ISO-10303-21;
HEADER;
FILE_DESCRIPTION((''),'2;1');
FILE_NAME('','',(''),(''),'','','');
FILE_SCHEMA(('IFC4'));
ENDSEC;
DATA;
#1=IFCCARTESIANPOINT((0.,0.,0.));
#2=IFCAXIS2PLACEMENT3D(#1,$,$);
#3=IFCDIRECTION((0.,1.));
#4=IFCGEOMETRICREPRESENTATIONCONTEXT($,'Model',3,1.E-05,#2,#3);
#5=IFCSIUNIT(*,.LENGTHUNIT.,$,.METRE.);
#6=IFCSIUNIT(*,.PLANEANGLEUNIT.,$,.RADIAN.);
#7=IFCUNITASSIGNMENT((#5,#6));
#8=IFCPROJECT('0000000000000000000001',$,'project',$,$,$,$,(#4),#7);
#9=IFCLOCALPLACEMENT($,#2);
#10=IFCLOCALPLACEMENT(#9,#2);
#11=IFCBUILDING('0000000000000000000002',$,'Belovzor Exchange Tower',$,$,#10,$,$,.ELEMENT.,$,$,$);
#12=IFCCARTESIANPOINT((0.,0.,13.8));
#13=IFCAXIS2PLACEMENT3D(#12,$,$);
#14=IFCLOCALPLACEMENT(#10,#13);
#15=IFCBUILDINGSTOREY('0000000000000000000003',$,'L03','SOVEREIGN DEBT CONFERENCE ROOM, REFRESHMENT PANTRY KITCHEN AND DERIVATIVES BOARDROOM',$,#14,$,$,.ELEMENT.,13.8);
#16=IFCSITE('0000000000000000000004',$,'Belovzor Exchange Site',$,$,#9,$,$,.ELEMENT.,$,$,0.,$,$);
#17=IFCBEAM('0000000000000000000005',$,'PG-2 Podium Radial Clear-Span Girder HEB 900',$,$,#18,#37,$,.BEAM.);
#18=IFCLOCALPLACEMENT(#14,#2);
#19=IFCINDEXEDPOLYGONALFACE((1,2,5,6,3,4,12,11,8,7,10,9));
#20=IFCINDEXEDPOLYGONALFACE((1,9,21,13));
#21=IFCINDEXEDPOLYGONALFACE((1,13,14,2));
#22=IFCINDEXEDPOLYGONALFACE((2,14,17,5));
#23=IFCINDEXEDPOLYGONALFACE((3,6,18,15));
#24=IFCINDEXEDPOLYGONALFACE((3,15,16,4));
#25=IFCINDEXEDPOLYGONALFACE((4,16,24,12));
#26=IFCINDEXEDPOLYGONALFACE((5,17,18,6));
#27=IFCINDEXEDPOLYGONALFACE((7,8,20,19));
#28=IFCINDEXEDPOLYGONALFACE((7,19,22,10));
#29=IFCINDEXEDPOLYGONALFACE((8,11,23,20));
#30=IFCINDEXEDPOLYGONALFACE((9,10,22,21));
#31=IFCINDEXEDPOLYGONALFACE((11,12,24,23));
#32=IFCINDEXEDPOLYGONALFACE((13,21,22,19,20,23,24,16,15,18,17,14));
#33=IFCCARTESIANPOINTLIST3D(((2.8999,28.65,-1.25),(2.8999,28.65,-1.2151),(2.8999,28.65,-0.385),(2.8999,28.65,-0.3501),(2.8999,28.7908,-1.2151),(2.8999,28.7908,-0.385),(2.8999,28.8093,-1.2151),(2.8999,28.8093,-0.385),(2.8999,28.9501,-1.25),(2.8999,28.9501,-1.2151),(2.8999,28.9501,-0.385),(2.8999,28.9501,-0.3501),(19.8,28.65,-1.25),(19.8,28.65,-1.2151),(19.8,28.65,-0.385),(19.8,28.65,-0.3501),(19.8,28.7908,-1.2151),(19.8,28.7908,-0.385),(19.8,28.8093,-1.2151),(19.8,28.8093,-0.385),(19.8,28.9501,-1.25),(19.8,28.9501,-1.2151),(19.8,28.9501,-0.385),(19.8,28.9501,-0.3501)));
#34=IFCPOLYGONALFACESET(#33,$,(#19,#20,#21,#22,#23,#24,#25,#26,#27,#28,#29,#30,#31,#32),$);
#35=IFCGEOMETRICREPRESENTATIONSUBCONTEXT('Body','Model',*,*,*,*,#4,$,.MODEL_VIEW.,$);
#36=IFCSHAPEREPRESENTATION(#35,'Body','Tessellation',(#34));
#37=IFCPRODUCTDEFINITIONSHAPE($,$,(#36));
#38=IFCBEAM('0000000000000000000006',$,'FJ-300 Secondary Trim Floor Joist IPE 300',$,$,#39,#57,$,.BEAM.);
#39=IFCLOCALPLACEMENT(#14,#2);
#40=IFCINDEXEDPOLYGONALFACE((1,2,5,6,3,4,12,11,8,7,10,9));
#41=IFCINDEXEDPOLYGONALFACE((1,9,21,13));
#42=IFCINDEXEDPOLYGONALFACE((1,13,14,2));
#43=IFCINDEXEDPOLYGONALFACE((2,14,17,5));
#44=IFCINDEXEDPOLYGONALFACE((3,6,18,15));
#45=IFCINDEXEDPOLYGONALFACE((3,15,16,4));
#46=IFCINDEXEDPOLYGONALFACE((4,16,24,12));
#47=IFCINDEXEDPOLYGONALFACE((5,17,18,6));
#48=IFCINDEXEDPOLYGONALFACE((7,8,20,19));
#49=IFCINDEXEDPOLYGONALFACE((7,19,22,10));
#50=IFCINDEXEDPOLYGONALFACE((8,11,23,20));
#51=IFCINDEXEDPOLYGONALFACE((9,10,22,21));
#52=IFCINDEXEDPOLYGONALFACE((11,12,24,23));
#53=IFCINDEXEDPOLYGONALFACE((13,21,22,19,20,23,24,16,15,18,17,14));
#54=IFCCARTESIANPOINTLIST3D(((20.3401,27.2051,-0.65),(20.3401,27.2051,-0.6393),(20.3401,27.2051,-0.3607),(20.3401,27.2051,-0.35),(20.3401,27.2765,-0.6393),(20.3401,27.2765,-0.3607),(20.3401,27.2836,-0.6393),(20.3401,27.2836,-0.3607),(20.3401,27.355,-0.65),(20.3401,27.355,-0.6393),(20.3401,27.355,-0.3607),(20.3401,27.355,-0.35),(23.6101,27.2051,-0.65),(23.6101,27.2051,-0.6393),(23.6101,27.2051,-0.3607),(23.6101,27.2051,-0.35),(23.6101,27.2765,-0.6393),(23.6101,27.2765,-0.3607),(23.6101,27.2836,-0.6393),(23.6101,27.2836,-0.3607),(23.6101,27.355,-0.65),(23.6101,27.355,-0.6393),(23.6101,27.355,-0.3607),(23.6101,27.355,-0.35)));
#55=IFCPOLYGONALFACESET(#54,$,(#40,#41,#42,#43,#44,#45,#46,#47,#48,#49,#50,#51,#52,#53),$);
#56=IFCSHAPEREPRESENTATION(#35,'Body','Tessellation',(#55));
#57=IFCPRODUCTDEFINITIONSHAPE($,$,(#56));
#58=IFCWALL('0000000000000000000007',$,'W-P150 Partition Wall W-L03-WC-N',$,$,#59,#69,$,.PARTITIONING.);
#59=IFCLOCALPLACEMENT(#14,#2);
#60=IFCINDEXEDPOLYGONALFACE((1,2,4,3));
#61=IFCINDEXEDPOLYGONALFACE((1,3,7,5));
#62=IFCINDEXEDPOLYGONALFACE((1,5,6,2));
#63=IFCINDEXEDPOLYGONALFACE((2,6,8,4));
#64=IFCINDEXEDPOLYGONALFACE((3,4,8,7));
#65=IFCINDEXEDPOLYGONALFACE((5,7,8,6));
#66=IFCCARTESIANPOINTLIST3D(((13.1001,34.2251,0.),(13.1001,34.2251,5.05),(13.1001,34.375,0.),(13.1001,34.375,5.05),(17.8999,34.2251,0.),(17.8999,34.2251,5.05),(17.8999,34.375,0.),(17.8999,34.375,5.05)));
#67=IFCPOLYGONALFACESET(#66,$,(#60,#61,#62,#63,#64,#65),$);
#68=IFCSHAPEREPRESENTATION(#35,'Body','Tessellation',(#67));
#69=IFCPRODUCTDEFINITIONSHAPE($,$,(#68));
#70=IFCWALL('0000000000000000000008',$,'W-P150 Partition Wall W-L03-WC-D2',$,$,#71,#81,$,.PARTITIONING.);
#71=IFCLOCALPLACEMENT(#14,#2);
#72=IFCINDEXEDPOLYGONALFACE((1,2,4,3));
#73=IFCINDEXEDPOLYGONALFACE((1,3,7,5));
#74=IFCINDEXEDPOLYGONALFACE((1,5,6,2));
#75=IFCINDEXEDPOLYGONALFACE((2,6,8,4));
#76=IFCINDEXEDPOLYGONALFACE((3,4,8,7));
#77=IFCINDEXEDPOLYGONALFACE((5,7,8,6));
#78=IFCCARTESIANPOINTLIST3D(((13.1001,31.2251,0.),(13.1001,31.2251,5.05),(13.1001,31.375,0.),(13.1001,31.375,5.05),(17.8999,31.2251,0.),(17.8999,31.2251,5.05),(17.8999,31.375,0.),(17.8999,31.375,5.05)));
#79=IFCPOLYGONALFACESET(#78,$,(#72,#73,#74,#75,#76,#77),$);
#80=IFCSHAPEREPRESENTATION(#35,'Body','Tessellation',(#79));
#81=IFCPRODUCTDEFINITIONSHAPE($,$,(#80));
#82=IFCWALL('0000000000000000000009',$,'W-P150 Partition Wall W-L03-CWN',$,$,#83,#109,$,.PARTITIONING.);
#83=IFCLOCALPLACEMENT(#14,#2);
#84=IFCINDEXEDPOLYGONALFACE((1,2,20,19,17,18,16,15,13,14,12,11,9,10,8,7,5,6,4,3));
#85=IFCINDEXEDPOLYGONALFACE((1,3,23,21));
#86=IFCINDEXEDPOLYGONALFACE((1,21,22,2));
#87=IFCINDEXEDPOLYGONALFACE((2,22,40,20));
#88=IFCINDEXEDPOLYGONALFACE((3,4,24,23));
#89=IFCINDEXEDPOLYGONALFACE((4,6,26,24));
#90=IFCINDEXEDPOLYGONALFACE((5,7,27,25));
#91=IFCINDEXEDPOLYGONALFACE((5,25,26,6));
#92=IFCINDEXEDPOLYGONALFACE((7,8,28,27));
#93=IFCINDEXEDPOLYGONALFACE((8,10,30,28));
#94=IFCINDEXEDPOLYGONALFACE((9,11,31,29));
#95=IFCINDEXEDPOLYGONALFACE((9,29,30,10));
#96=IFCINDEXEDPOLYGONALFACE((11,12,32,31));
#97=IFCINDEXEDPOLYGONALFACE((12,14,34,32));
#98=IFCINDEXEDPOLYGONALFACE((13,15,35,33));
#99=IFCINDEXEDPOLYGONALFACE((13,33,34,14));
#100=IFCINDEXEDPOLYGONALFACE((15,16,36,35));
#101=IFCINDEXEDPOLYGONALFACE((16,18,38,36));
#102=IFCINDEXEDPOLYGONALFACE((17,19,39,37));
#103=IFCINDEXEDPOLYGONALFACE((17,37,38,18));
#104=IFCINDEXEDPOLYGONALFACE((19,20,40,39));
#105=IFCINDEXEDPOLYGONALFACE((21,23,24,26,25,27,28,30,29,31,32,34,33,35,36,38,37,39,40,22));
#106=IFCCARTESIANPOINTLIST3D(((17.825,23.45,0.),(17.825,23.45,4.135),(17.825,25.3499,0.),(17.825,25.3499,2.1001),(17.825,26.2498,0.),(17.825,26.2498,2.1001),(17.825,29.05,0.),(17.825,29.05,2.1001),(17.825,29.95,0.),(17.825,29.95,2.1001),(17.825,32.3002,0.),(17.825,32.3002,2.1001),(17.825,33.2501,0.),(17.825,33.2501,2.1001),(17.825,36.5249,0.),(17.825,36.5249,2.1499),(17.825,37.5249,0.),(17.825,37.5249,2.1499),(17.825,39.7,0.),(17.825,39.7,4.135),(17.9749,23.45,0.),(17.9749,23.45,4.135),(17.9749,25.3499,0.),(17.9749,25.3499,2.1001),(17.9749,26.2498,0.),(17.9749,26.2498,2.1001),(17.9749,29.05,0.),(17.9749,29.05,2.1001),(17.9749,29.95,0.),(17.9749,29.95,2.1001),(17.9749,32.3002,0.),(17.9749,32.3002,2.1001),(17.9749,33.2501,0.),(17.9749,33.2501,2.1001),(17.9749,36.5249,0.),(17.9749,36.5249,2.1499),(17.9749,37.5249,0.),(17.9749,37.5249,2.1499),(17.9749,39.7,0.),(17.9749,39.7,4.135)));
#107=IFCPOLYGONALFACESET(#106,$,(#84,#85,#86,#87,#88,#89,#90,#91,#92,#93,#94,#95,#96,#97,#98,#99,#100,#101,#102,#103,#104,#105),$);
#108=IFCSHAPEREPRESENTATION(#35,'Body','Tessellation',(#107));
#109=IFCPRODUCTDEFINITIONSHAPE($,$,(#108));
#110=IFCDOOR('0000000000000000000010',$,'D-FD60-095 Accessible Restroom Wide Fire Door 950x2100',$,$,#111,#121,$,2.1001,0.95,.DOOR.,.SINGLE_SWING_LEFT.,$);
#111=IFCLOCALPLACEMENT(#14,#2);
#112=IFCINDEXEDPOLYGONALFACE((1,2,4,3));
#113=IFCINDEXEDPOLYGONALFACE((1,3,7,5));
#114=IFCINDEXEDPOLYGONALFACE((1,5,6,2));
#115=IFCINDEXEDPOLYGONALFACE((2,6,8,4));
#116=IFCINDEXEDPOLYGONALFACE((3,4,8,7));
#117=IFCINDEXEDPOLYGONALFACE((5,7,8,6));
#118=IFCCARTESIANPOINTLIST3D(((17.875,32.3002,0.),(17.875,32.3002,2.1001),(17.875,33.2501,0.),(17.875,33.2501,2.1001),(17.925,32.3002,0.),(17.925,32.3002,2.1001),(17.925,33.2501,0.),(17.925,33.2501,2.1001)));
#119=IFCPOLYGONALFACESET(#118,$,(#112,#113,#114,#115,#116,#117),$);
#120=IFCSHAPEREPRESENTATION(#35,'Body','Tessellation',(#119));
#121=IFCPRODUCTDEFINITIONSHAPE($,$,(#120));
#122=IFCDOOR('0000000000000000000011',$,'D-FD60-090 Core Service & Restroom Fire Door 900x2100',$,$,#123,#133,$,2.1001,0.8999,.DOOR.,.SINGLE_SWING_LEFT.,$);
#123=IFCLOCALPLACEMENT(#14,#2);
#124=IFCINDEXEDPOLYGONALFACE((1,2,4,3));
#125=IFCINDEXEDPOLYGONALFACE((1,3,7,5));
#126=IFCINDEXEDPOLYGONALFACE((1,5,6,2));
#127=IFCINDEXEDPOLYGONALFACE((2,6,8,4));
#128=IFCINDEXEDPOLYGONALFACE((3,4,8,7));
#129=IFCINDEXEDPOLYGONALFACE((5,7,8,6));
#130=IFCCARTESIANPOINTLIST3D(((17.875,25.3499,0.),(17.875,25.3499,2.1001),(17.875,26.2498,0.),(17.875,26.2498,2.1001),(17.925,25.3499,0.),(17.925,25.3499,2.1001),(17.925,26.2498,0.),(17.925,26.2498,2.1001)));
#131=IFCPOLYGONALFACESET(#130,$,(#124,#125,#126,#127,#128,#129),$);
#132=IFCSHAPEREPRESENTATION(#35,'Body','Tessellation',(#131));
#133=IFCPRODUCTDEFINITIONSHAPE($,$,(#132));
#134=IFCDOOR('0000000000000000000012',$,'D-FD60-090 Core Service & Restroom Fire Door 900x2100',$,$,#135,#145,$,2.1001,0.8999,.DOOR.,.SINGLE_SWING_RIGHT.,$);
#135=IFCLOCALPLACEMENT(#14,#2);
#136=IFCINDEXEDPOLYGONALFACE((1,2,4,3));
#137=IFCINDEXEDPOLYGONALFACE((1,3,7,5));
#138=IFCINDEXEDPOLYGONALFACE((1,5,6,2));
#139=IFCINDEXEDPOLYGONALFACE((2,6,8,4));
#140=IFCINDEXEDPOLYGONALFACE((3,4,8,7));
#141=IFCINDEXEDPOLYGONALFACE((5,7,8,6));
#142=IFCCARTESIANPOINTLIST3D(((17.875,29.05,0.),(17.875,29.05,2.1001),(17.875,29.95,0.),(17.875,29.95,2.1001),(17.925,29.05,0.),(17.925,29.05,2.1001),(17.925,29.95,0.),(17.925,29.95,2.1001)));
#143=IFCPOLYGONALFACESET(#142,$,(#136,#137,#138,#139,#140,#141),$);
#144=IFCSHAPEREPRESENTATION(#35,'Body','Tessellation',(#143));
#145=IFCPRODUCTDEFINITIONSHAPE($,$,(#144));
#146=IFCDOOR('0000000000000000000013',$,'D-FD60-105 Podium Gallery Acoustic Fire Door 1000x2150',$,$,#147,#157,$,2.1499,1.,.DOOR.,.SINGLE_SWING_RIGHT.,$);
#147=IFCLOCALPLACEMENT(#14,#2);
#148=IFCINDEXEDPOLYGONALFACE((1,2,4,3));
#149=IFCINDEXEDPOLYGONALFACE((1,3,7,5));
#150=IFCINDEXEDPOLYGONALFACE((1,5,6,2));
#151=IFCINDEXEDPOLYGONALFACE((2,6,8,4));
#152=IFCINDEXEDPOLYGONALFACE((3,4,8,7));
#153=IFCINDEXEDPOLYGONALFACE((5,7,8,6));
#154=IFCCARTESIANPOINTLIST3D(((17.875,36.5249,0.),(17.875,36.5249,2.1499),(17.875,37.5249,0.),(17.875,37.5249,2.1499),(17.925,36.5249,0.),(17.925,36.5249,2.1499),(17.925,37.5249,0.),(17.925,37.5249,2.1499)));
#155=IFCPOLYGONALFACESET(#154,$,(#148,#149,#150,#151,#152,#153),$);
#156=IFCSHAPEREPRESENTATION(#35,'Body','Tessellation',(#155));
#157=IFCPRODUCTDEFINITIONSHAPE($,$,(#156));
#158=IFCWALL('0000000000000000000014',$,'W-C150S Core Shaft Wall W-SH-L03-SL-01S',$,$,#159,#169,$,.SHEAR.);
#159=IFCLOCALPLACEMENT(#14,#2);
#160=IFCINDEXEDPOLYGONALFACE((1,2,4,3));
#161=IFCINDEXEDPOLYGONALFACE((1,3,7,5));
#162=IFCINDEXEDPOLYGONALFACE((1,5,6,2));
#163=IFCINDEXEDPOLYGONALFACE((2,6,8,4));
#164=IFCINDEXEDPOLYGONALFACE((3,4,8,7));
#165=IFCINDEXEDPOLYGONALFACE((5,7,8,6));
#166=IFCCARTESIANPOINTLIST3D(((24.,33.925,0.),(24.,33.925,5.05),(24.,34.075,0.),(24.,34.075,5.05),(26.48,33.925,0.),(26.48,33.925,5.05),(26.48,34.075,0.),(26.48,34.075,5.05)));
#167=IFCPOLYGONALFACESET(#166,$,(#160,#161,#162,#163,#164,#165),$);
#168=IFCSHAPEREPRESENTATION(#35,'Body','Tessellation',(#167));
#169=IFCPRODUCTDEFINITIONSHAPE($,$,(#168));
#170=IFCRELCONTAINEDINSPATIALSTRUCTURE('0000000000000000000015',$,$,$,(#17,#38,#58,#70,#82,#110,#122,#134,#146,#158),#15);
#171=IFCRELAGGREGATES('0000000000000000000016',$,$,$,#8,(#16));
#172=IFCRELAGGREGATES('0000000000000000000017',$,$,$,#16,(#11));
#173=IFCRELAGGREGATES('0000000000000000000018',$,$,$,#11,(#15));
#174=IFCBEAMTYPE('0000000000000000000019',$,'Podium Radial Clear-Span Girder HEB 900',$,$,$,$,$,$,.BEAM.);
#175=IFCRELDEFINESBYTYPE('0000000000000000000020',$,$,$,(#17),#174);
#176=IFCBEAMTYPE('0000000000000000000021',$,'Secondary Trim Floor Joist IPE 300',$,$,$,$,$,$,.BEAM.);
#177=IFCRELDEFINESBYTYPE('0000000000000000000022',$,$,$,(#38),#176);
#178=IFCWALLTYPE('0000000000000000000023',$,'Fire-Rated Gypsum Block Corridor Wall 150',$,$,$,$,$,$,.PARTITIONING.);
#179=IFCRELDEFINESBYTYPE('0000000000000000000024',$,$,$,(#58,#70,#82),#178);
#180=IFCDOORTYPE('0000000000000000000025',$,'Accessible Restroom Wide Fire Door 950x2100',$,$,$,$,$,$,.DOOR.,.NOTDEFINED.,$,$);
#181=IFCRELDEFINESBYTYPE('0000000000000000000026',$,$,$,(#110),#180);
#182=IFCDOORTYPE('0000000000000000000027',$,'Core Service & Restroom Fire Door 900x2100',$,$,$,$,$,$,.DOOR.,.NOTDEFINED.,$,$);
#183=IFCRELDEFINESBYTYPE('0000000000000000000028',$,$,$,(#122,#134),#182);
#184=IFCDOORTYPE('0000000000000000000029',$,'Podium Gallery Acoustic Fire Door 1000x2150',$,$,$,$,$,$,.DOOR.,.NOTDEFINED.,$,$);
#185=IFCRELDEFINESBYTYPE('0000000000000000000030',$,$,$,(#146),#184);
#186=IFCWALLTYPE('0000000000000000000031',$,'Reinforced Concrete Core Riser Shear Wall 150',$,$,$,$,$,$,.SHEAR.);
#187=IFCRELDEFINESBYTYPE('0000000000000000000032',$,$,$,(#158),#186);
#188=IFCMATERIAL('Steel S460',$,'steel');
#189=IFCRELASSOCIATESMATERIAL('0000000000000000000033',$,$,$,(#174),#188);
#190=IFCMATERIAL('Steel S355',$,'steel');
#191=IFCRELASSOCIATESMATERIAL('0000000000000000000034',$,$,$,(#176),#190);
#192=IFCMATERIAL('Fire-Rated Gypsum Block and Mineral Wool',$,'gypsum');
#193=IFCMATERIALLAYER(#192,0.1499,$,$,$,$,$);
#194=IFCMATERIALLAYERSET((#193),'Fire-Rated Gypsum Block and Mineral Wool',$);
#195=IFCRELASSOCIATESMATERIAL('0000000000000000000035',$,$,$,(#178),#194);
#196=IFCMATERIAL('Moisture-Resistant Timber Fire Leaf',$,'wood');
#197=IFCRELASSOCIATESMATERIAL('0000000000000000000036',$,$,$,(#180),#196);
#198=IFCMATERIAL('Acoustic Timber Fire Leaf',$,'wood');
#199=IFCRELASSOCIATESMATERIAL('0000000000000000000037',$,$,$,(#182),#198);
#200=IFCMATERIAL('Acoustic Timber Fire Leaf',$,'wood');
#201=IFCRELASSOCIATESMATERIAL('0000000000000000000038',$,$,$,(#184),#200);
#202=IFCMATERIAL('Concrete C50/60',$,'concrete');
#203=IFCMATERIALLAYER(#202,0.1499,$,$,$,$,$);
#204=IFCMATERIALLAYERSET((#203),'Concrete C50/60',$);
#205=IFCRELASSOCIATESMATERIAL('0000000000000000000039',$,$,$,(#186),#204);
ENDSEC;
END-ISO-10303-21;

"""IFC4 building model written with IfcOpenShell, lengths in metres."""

from ifc_helpers import new_model, si_unit, direction, frame, frame_2d, origin, origin_2d, place, context, subcontext, project, spatial, rectangle, i_section, extrude, material, layer, layer_set, material_profile, profile_set, type_object, element, fill, save


model = new_model("IFC4")

# Units and contexts
model_context = context("Model", 3, precision=1e-05, world=origin(), true_north=direction((0.0, 1.0)))
body_context = subcontext(model_context, "Body", "Model", "MODEL_VIEW")
ifc_project = project(units=[si_unit("LENGTHUNIT", "METRE"), si_unit("PLANEANGLEUNIT", "RADIAN")], contexts=[model_context])

# Site, building, storey
site_placement = place(None, origin())
site = spatial("IfcSite", under=ifc_project, at=site_placement, Name="Belovzor Exchange Site", CompositionType="ELEMENT", RefElevation=0.0)
building_placement = place(site_placement, origin())
building = spatial("IfcBuilding", under=site, at=building_placement, Name="Belovzor Exchange Tower", CompositionType="ELEMENT")
storey_placement = place(building_placement, frame((0.0, 0.0, 13.8)))
storey = spatial("IfcBuildingStorey", under=building, at=storey_placement, Name="L03", Description="SOVEREIGN DEBT CONFERENCE ROOM, REFRESHMENT PANTRY KITCHEN AND DERIVATIVES BOARDROOM", CompositionType="ELEMENT", Elevation=13.8)

# Beams
ifc_material_1 = material(Name="Steel S460", Category="steel")
ifc_material_profile_1 = material_profile(ifc_material_1, i_section(OverallWidth=0.3, OverallDepth=0.8999, WebThickness=0.0186, FlangeThickness=0.0349, at=origin_2d()))
ifc_profile_set_1 = profile_set([ifc_material_profile_1], Name="Steel S460")
beam_type_1 = type_object("IfcBeamType", Name="Podium Radial Clear-Span Girder HEB 900", PredefinedType="BEAM", material=ifc_profile_set_1)
beam_1_placement = place(storey_placement, frame((19.8, 28.8, -0.8), z_axis=(-1.0, 0.0, 0.0), x_axis=(0.0, -1.0, 0.0)))
element("IfcBeam", 1, at=beam_1_placement, inside=storey, type_object=beam_type_1, Name="PG-2 Podium Radial Clear-Span Girder HEB 900", PredefinedType="BEAM", context=body_context, shape_type="SweptSolid", body=[
    extrude(i_section(OverallWidth=0.3, OverallDepth=0.8999, WebThickness=0.0186, FlangeThickness=0.0349, at=origin_2d()), origin(), (0.0, 0.0, 1.0), 16.9001),
])
ifc_material_2 = material(Name="Steel S355", Category="steel")
ifc_material_profile_2 = material_profile(ifc_material_2, i_section(OverallWidth=0.1499, OverallDepth=0.3, WebThickness=0.0071, FlangeThickness=0.0107, at=origin_2d()))
ifc_profile_set_2 = profile_set([ifc_material_profile_2], Name="Steel S355")
beam_type_2 = type_object("IfcBeamType", Name="Secondary Trim Floor Joist IPE 300", PredefinedType="BEAM", material=ifc_profile_set_2)
beam_2_placement = place(storey_placement, frame((20.3401, 27.28, -0.5), z_axis=(1.0, 0.0, 0.0), x_axis=(0.0, 1.0, 0.0)))
element("IfcBeam", 2, at=beam_2_placement, inside=storey, type_object=beam_type_2, Name="FJ-300 Secondary Trim Floor Joist IPE 300", PredefinedType="BEAM", context=body_context, shape_type="SweptSolid", body=[
    extrude(i_section(OverallWidth=0.1499, OverallDepth=0.3, WebThickness=0.0071, FlangeThickness=0.0107, at=origin_2d()), origin(), (0.0, 0.0, 1.0), 3.27),
])

# Walls
ifc_material_3 = material(Name="Fire-Rated Gypsum Block and Mineral Wool", Category="gypsum")
ifc_layer_1 = layer(ifc_material_3, 0.1499)
ifc_layer_set_1 = layer_set([ifc_layer_1], Name="Fire-Rated Gypsum Block and Mineral Wool")
wall_type_1 = type_object("IfcWallType", Name="Fire-Rated Gypsum Block Corridor Wall 150", PredefinedType="PARTITIONING", material=ifc_layer_set_1)
for number, where, z_axis, x_axis, name in (
    (3, (13.1001, 34.3, 0.0), (0.0, 0.0, 1.0), (1.0, 0.0, 0.0), "W-P150 Partition Wall W-L03-WC-N"),
    (4, (13.1001, 31.3, 0.0), (0.0, 0.0, 1.0), (1.0, 0.0, 0.0), "W-P150 Partition Wall W-L03-WC-D2"),
):
    element("IfcWall", number, at=place(storey_placement, frame(where, z_axis=z_axis, x_axis=x_axis)), inside=storey, type_object=wall_type_1, Name=name, PredefinedType="PARTITIONING", context=body_context, shape_type="SweptSolid", body=[
        extrude(rectangle(XDim=4.7998, YDim=0.1499, at=frame_2d((2.3999, 0.0))), origin(), (0.0, 0.0, 1.0), 5.05),
    ])

# Wall, openings, doors
wall_1_placement = place(storey_placement, frame((17.8999, 23.45, 0.0), z_axis=(0.0, 0.0, 1.0), x_axis=(0.0, 1.0, 0.0)))
wall_1 = element("IfcWall", 5, at=wall_1_placement, inside=storey, type_object=wall_type_1, Name="W-P150 Partition Wall W-L03-CWN", PredefinedType="PARTITIONING", context=body_context, shape_type="SweptSolid", body=[
    extrude(rectangle(XDim=16.25, YDim=0.1499, at=frame_2d((8.125, 0.0))), origin(), (0.0, 0.0, 1.0), 4.135),
])
opening_1_placement = place(wall_1_placement, frame((1.8999, 0.0, 0.0)))
opening_1 = element("IfcOpeningElement", 6, at=opening_1_placement, cuts=wall_1, PredefinedType="OPENING", context=body_context, shape_type="SweptSolid", body=[
    extrude(rectangle(XDim=0.8999, YDim=2.1001, at=frame_2d((0.45, 1.05))), frame((0.0, 0.085, 0.0), z_axis=(0.0, -1.0, 0.0), x_axis=(1.0, 0.0, 0.0)), (0.0, 0.0, 1.0), 0.1699),
])
opening_2_placement = place(wall_1_placement, frame((5.6001, 0.0, 0.0)))
opening_2 = element("IfcOpeningElement", 7, at=opening_2_placement, cuts=wall_1, PredefinedType="OPENING", context=body_context, shape_type="SweptSolid", body=[
    extrude(rectangle(XDim=0.8999, YDim=2.1001, at=frame_2d((0.45, 1.05))), frame((0.0, 0.085, 0.0), z_axis=(0.0, -1.0, 0.0), x_axis=(1.0, 0.0, 0.0)), (0.0, 0.0, 1.0), 0.1699),
])
opening_3_placement = place(wall_1_placement, frame((8.8501, 0.0, 0.0)))
opening_3 = element("IfcOpeningElement", 8, at=opening_3_placement, cuts=wall_1, PredefinedType="OPENING", context=body_context, shape_type="SweptSolid", body=[
    extrude(rectangle(XDim=0.95, YDim=2.1001, at=frame_2d((0.4751, 1.05))), frame((0.0, 0.085, 0.0), z_axis=(0.0, -1.0, 0.0), x_axis=(1.0, 0.0, 0.0)), (0.0, 0.0, 1.0), 0.1699),
])
opening_4_placement = place(wall_1_placement, frame((13.075, 0.0, 0.0)))
opening_4 = element("IfcOpeningElement", 9, at=opening_4_placement, cuts=wall_1, PredefinedType="OPENING", context=body_context, shape_type="SweptSolid", body=[
    extrude(rectangle(XDim=1.0, YDim=2.1499, at=frame_2d((0.5, 1.075))), frame((0.0, 0.085, 0.0), z_axis=(0.0, -1.0, 0.0), x_axis=(1.0, 0.0, 0.0)), (0.0, 0.0, 1.0), 0.1699),
])
ifc_material_4 = material(Name="Moisture-Resistant Timber Fire Leaf", Category="wood")
door_type_1 = type_object("IfcDoorType", Name="Accessible Restroom Wide Fire Door 950x2100", OperationType="NOTDEFINED", PredefinedType="DOOR", material=ifc_material_4)
door_1_placement = place(opening_3_placement, origin())
door_1 = element("IfcDoor", 10, at=door_1_placement, inside=storey, type_object=door_type_1, Name="D-FD60-095 Accessible Restroom Wide Fire Door 950x2100", OperationType="SINGLE_SWING_LEFT", OverallHeight=2.1001, OverallWidth=0.95, PredefinedType="DOOR", context=body_context, shape_type="SweptSolid", body=[
    extrude(rectangle(XDim=0.95, YDim=2.1001, at=frame_2d((0.4751, 1.05))), frame((0.0, 0.0249, 0.0), z_axis=(0.0, -1.0, 0.0), x_axis=(1.0, 0.0, 0.0)), (0.0, 0.0, 1.0), 0.05),
])
fill(opening_3, door_1)
ifc_material_5 = material(Name="Acoustic Timber Fire Leaf", Category="wood")
door_type_2 = type_object("IfcDoorType", Name="Core Service & Restroom Fire Door 900x2100", OperationType="NOTDEFINED", PredefinedType="DOOR", material=ifc_material_5)
door_2_placement = place(opening_1_placement, origin())
door_2 = element("IfcDoor", 11, at=door_2_placement, inside=storey, type_object=door_type_2, Name="D-FD60-090 Core Service & Restroom Fire Door 900x2100", OperationType="SINGLE_SWING_LEFT", OverallHeight=2.1001, OverallWidth=0.8999, PredefinedType="DOOR", context=body_context, shape_type="SweptSolid", body=[
    extrude(rectangle(XDim=0.8999, YDim=2.1001, at=frame_2d((0.45, 1.05))), frame((0.0, 0.0249, 0.0), z_axis=(0.0, -1.0, 0.0), x_axis=(1.0, 0.0, 0.0)), (0.0, 0.0, 1.0), 0.05),
])
fill(opening_1, door_2)
door_3_placement = place(opening_2_placement, origin())
door_3 = element("IfcDoor", 12, at=door_3_placement, inside=storey, type_object=door_type_2, Name="D-FD60-090 Core Service & Restroom Fire Door 900x2100", OperationType="SINGLE_SWING_RIGHT", OverallHeight=2.1001, OverallWidth=0.8999, PredefinedType="DOOR", context=body_context, shape_type="SweptSolid", body=[
    extrude(rectangle(XDim=0.8999, YDim=2.1001, at=frame_2d((0.45, 1.05))), frame((0.0, 0.0249, 0.0), z_axis=(0.0, -1.0, 0.0), x_axis=(1.0, 0.0, 0.0)), (0.0, 0.0, 1.0), 0.05),
])
fill(opening_2, door_3)
ifc_material_6 = material(Name="Acoustic Timber Fire Leaf", Category="wood")
door_type_3 = type_object("IfcDoorType", Name="Podium Gallery Acoustic Fire Door 1000x2150", OperationType="NOTDEFINED", PredefinedType="DOOR", material=ifc_material_6)
door_4_placement = place(opening_4_placement, origin())
door_4 = element("IfcDoor", 13, at=door_4_placement, inside=storey, type_object=door_type_3, Name="D-FD60-105 Podium Gallery Acoustic Fire Door 1000x2150", OperationType="SINGLE_SWING_RIGHT", OverallHeight=2.1499, OverallWidth=1.0, PredefinedType="DOOR", context=body_context, shape_type="SweptSolid", body=[
    extrude(rectangle(XDim=1.0, YDim=2.1499, at=frame_2d((0.5, 1.075))), frame((0.0, 0.0249, 0.0), z_axis=(0.0, -1.0, 0.0), x_axis=(1.0, 0.0, 0.0)), (0.0, 0.0, 1.0), 0.05),
])
fill(opening_4, door_4)

# Wall
ifc_material_7 = material(Name="Concrete C50/60", Category="concrete")
ifc_layer_2 = layer(ifc_material_7, 0.1499)
ifc_layer_set_2 = layer_set([ifc_layer_2], Name="Concrete C50/60")
wall_type_2 = type_object("IfcWallType", Name="Reinforced Concrete Core Riser Shear Wall 150", PredefinedType="SHEAR", material=ifc_layer_set_2)
wall_2_placement = place(storey_placement, frame((24.0, 34.0, 0.0), z_axis=(0.0, 0.0, 1.0), x_axis=(1.0, 0.0, 0.0)))
element("IfcWall", 14, at=wall_2_placement, inside=storey, type_object=wall_type_2, Name="W-C150S Core Shaft Wall W-SH-L03-SL-01S", PredefinedType="SHEAR", context=body_context, shape_type="SweptSolid", body=[
    extrude(rectangle(XDim=2.48, YDim=0.1499, at=frame_2d((1.24, 0.0))), origin(), (0.0, 0.0, 1.0), 5.05),
])

save(model, "model.ifc")
